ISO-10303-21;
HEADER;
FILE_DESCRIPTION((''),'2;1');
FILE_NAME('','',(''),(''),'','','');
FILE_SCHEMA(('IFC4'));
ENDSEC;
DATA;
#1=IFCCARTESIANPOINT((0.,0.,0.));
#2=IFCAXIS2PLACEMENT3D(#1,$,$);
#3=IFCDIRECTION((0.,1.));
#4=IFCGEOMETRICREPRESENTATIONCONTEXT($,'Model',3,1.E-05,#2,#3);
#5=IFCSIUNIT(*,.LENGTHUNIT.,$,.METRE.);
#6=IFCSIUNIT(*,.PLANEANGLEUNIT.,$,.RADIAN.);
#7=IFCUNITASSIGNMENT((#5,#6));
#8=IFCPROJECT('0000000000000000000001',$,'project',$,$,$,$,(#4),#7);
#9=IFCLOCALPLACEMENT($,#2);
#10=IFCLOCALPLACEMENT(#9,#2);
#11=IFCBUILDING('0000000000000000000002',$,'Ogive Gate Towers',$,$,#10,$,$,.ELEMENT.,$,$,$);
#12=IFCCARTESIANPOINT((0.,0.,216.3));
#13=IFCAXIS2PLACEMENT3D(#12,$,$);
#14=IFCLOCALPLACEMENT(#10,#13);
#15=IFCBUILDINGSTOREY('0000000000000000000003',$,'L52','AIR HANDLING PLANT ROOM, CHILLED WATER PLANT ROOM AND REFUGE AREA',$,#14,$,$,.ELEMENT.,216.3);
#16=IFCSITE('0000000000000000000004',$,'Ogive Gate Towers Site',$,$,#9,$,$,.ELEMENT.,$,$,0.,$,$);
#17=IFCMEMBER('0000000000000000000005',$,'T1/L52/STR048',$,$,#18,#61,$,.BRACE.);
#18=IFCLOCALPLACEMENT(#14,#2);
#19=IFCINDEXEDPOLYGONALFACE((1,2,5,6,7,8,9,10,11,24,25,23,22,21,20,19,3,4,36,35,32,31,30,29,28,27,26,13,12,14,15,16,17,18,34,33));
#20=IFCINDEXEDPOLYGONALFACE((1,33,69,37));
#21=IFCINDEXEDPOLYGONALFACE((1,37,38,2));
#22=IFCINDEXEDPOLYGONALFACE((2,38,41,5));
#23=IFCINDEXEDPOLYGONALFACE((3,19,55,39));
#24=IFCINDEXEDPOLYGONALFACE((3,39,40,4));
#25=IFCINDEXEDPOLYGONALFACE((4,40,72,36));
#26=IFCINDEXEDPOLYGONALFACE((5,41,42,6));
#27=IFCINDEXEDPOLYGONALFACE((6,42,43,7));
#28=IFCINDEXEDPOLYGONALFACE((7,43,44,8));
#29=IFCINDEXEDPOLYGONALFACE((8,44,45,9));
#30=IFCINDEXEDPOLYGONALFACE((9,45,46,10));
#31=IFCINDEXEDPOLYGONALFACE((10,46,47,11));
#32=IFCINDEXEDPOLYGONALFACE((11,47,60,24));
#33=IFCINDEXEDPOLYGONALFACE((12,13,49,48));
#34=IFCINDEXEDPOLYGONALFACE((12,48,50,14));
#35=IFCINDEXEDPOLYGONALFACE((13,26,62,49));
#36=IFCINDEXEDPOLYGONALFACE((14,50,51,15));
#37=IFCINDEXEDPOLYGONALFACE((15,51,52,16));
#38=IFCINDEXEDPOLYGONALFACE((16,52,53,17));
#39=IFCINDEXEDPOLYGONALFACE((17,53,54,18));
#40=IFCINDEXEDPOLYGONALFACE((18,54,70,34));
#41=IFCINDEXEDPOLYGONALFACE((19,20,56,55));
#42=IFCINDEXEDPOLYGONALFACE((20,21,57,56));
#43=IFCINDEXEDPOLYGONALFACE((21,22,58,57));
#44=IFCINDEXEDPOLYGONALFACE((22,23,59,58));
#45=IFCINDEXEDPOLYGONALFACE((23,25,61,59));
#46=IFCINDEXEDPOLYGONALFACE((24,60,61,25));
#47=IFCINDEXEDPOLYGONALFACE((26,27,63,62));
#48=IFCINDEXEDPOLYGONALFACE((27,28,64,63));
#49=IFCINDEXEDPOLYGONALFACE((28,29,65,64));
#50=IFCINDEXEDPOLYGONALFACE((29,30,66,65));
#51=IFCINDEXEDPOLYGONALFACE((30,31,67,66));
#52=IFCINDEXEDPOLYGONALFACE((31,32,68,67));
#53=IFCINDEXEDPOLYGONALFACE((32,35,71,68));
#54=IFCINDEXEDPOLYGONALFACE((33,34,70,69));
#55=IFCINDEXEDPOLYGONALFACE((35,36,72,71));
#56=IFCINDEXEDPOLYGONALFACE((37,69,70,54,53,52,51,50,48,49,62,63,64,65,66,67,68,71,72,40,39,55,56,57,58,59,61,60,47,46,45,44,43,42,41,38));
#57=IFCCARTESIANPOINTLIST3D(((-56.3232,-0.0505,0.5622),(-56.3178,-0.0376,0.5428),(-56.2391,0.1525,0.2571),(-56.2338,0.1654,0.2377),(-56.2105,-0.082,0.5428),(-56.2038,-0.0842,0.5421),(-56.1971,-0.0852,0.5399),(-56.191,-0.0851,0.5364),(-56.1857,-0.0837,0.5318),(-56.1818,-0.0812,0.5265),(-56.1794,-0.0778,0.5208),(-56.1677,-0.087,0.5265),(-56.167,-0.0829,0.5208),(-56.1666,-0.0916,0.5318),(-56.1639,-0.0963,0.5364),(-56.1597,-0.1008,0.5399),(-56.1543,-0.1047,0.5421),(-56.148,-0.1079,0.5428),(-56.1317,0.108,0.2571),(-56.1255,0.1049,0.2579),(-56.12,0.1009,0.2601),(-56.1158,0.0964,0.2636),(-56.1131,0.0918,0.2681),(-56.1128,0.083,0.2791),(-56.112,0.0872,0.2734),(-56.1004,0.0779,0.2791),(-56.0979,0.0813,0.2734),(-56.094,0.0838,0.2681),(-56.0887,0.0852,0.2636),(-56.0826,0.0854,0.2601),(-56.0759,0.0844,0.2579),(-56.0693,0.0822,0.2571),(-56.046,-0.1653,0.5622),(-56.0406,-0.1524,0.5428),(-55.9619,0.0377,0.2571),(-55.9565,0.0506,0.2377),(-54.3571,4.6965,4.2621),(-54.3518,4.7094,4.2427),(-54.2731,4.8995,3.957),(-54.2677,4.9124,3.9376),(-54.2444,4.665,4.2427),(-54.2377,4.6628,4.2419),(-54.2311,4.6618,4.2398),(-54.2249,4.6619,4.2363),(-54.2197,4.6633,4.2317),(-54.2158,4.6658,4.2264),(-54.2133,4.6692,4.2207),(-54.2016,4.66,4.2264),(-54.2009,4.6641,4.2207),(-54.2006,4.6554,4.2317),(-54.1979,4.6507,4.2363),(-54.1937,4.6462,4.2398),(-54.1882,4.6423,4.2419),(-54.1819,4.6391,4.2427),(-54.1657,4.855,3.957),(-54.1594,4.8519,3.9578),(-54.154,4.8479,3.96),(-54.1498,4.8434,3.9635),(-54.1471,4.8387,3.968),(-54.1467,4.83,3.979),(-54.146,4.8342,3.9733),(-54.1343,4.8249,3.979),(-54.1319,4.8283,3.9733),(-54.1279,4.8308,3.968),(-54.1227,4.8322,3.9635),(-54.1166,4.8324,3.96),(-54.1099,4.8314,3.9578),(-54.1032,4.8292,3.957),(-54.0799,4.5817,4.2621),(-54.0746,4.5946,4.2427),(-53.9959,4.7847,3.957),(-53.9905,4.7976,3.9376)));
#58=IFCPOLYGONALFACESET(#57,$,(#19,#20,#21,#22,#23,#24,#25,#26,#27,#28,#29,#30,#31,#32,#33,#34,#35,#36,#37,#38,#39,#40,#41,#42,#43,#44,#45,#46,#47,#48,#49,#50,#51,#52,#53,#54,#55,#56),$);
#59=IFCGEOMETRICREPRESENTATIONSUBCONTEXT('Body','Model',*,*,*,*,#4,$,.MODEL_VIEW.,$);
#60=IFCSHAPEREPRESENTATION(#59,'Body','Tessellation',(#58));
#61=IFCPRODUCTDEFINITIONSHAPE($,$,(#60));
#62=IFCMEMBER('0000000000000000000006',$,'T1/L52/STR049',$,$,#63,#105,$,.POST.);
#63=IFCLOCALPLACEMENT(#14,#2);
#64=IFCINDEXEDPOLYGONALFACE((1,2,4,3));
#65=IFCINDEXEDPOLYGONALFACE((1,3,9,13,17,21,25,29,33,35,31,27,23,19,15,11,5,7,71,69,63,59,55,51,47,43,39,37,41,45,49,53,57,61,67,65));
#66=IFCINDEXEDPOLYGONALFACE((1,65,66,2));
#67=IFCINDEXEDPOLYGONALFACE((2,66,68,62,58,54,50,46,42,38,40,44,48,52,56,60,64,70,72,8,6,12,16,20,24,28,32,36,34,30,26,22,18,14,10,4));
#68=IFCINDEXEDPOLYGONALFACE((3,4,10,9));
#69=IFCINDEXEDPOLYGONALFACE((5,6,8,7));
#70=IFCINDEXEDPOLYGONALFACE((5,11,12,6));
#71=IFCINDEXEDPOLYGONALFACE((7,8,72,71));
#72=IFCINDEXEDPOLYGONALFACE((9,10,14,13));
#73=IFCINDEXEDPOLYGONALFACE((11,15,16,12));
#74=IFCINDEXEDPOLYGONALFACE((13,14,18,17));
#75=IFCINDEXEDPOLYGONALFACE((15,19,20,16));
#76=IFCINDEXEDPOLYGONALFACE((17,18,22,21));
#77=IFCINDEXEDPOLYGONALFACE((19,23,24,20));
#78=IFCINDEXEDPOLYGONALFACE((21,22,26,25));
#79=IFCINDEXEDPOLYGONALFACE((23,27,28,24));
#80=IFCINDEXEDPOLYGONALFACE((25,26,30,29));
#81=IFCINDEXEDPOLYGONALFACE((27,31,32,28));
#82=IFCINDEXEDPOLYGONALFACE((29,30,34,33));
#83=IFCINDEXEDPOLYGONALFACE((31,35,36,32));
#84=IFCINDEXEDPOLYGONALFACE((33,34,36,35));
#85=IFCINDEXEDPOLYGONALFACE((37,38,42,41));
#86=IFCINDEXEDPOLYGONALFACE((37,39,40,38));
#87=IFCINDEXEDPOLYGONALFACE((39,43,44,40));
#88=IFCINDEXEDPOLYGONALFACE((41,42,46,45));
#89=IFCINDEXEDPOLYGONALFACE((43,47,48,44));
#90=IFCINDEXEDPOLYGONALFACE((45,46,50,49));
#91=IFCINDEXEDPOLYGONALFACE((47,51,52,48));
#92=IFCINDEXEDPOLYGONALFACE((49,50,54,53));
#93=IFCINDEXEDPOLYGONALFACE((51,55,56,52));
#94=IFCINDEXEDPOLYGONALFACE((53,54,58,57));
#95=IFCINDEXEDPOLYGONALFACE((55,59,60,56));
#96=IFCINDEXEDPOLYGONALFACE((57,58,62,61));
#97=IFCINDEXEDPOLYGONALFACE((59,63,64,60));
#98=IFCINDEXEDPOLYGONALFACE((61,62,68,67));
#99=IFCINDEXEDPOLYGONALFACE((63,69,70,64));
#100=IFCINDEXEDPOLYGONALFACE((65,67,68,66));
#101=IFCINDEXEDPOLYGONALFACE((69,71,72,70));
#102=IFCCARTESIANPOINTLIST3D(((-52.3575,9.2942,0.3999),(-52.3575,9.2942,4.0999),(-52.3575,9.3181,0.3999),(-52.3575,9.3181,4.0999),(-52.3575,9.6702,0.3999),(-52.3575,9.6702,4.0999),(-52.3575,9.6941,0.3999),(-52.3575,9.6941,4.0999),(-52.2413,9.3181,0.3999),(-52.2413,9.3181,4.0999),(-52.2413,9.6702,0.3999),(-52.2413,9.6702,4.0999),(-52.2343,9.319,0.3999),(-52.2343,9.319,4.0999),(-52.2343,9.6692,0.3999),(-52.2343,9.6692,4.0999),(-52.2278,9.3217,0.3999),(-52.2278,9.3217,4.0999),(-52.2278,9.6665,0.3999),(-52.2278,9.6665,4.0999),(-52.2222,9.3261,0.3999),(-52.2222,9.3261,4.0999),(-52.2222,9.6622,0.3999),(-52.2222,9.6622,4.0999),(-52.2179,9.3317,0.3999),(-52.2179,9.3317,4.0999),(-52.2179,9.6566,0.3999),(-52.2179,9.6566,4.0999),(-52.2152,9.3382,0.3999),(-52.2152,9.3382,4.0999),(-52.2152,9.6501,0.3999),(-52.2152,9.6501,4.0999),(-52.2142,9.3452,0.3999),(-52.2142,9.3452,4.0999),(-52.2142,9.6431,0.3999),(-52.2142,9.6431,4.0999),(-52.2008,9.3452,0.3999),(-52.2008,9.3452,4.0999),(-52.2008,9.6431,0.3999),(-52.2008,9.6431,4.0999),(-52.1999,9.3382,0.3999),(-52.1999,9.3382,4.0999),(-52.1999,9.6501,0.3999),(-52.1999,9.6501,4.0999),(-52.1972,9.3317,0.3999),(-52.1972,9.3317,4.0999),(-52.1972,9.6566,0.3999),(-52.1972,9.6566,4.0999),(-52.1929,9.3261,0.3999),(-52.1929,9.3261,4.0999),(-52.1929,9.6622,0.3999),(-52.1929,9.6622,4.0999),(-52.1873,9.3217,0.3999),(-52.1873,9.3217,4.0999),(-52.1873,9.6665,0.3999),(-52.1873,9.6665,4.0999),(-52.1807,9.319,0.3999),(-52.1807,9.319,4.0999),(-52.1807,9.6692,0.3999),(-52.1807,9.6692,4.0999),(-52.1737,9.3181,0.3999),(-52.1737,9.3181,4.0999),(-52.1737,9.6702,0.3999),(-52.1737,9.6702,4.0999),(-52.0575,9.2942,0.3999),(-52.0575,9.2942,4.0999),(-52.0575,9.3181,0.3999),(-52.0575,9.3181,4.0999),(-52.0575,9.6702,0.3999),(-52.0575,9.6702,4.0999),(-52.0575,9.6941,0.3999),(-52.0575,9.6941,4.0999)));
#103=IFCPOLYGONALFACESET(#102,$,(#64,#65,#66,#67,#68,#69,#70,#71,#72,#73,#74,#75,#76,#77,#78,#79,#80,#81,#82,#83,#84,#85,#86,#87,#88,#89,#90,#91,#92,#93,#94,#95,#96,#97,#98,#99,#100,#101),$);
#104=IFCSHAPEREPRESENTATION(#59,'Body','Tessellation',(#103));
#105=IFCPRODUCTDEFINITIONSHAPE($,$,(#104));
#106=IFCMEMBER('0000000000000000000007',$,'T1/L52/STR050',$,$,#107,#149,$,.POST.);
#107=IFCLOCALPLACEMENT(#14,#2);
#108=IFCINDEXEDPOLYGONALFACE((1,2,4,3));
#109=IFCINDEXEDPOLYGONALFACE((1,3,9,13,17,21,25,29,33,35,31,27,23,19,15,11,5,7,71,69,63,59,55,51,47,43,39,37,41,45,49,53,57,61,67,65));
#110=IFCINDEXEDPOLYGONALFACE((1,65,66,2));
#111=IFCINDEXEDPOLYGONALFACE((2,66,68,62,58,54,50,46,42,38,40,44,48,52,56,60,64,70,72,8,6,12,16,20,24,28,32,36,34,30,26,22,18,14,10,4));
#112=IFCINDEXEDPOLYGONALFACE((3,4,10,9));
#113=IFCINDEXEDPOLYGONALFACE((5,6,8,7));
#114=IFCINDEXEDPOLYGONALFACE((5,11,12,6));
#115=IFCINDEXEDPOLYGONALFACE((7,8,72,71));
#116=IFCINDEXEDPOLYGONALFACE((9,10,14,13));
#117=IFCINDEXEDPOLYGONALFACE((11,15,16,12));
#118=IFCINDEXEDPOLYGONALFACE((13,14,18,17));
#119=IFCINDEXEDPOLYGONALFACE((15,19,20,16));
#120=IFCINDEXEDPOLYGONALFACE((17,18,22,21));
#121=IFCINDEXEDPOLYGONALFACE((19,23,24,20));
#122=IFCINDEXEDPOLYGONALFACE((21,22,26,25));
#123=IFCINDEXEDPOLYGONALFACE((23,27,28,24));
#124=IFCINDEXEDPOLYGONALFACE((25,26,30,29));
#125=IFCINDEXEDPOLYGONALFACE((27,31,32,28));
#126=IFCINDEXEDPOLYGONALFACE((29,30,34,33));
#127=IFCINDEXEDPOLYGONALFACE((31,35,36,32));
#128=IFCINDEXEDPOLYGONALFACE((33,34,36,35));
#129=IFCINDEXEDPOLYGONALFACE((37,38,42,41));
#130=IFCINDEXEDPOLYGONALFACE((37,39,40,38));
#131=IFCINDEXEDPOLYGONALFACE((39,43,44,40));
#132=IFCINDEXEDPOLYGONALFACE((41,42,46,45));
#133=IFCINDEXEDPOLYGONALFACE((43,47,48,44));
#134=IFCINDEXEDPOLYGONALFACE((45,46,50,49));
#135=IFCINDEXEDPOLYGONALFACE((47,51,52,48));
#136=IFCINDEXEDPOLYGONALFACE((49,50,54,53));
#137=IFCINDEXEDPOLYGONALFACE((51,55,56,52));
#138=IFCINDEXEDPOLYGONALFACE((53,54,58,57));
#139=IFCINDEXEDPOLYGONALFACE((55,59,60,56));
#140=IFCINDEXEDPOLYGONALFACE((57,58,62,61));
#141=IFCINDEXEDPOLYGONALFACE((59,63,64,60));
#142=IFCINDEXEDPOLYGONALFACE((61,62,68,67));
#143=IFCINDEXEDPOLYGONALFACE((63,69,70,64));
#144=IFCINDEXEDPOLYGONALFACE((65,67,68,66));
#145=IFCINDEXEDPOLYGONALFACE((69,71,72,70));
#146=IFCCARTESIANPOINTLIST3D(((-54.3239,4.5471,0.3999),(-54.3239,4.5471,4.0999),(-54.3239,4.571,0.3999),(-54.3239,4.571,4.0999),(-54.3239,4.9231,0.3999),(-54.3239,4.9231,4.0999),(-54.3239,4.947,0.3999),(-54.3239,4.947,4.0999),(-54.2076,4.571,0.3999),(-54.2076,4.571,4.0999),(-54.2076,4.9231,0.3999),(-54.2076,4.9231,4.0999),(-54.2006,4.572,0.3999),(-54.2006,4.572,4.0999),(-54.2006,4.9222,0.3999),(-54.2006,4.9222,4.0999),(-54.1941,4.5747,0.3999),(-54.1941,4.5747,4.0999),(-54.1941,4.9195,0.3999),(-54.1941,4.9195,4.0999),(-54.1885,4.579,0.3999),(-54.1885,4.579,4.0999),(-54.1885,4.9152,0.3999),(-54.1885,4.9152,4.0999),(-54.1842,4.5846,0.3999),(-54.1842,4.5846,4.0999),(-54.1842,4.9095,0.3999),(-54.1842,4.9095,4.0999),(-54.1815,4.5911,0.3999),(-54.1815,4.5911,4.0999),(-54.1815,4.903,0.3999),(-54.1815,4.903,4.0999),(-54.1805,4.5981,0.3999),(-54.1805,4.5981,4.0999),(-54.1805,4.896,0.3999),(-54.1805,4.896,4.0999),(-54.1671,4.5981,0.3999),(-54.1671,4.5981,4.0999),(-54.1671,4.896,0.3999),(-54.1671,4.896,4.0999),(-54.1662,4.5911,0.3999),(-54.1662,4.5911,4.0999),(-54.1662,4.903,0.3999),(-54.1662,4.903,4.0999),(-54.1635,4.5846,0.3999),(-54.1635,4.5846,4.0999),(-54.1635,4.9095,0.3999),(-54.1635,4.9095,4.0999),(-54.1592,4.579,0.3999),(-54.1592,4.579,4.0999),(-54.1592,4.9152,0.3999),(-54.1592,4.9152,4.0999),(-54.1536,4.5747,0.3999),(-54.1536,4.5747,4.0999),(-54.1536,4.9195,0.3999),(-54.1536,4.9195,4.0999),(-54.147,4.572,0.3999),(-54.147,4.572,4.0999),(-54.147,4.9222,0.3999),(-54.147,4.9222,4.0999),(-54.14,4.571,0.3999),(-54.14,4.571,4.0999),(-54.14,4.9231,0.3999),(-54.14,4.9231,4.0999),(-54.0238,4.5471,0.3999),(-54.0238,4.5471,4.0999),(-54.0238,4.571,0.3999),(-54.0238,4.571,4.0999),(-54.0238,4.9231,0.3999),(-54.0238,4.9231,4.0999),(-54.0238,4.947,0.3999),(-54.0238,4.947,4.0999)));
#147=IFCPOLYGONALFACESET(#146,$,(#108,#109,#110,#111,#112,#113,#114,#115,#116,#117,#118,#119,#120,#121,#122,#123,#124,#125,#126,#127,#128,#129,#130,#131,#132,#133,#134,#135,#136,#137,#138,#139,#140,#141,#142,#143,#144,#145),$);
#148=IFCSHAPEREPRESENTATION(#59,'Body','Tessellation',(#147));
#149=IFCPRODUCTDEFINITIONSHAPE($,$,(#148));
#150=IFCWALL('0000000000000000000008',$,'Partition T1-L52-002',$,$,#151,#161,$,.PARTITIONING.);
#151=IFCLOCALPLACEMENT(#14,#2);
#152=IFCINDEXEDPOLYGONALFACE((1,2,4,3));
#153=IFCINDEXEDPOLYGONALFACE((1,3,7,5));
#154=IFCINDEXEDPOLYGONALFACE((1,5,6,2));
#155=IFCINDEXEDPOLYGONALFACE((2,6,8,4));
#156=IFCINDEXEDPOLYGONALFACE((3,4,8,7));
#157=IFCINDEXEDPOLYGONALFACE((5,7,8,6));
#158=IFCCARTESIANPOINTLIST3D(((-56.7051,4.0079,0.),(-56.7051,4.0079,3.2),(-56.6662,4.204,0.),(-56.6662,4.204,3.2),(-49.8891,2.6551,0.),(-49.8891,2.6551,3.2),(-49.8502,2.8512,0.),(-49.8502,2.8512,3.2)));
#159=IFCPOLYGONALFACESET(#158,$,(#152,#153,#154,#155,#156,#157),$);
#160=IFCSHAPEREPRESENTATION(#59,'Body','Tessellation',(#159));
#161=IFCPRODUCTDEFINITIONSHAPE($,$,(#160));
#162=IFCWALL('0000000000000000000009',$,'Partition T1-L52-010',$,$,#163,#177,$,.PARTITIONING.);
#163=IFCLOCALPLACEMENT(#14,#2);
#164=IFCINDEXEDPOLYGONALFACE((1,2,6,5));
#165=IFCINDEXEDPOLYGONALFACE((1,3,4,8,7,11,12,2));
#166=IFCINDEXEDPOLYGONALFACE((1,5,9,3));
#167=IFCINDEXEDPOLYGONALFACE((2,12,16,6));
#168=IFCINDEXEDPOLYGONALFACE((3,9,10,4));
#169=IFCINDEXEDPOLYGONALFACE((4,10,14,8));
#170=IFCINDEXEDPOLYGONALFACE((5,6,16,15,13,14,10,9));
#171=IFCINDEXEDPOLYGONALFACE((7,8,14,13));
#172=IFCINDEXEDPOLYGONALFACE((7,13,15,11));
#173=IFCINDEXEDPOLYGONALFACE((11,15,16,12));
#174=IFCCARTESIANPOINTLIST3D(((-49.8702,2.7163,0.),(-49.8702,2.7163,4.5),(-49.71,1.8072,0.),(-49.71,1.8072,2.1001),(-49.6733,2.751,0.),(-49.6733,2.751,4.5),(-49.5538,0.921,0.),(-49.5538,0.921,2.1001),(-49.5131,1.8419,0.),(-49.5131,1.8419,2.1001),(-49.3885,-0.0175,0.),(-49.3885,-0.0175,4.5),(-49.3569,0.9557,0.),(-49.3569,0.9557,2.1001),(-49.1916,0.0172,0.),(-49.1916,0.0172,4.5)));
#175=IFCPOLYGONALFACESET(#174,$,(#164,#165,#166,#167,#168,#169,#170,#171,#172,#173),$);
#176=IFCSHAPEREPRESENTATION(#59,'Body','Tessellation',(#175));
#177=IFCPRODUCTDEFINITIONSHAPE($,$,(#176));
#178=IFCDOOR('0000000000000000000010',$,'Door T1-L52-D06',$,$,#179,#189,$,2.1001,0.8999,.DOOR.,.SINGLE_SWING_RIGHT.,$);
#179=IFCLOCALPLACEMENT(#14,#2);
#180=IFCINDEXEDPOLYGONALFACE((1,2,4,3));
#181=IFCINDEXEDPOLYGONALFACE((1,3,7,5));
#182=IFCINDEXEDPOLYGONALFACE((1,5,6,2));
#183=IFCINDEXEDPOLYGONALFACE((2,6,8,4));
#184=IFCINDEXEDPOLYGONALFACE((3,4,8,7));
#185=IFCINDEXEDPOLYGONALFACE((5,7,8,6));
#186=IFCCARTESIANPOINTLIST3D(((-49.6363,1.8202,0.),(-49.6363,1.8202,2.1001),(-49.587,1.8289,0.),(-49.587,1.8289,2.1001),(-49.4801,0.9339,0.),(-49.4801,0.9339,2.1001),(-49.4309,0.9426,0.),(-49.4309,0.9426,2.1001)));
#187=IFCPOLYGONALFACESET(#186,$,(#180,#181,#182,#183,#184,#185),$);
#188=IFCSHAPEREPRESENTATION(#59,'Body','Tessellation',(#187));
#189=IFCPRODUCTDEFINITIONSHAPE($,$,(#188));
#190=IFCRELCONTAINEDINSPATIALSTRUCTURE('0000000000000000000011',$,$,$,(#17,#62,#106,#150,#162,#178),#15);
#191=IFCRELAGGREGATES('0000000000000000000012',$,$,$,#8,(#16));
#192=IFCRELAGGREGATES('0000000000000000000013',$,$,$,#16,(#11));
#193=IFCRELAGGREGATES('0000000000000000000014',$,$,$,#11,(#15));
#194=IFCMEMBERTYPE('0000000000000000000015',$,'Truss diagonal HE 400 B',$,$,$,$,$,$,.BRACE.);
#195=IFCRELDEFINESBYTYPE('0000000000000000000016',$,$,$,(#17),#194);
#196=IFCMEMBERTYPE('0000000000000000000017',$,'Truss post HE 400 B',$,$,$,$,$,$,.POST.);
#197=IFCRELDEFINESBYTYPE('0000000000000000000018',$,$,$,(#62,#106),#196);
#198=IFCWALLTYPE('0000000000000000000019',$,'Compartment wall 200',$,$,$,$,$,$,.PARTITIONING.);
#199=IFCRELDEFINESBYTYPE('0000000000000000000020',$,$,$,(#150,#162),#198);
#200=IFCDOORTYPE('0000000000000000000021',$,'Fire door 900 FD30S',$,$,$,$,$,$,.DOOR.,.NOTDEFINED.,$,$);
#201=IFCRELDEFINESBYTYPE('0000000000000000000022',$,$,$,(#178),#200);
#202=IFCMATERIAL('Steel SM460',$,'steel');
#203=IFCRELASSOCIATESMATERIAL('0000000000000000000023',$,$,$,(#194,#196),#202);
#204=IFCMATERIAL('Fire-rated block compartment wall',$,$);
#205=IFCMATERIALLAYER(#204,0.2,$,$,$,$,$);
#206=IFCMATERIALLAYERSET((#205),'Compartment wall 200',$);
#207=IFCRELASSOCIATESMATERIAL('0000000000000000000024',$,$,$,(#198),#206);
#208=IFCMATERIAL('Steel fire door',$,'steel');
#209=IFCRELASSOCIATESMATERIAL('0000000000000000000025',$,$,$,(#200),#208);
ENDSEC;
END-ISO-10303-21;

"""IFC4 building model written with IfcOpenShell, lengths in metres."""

from ifc_helpers import new_model, si_unit, direction, frame, frame_2d, origin, origin_2d, place, context, subcontext, project, spatial, rectangle, i_section, extrude, material, layer, layer_set, material_profile, profile_set, type_object, element, fill, save


model = new_model("IFC4")

# Units and contexts
model_context = context("Model", 3, precision=1e-05, world=origin(), true_north=direction((0.0, 1.0)))
body_context = subcontext(model_context, "Body", "Model", "MODEL_VIEW")
ifc_project = project(units=[si_unit("LENGTHUNIT", "METRE"), si_unit("PLANEANGLEUNIT", "RADIAN")], contexts=[model_context])

# Site, building, storey
site_placement = place(None, origin())
site = spatial("IfcSite", under=ifc_project, at=site_placement, Name="Ogive Gate Towers Site", CompositionType="ELEMENT", RefElevation=0.0)
building_placement = place(site_placement, origin())
building = spatial("IfcBuilding", under=site, at=building_placement, Name="Ogive Gate Towers", CompositionType="ELEMENT")
storey_placement = place(building_placement, frame((0.0, 0.0, 216.3)))
storey = spatial("IfcBuildingStorey", under=building, at=storey_placement, Name="L52", Description="AIR HANDLING PLANT ROOM, CHILLED WATER PLANT ROOM AND REFUGE AREA", CompositionType="ELEMENT", Elevation=216.3)

# Shared definitions
ifc_material_1 = material(Name="Steel SM460", Category="steel")

# Members
ifc_material_profile_1 = material_profile(ifc_material_1, i_section(OverallWidth=0.3, OverallDepth=0.3999, WebThickness=0.0134, FlangeThickness=0.0239, FilletRadius=0.0271, at=origin_2d()), Name="HE 400 B")
ifc_profile_set_1 = profile_set([ifc_material_profile_1], Name="Steel SM460")
member_type_1 = type_object("IfcMemberType", Name="Truss diagonal HE 400 B", PredefinedType="BRACE", material=ifc_profile_set_1)
member_1_placement = place(storey_placement, frame((-54.1738, 4.7471, 4.0999), z_axis=(-0.310514, -0.749737, -0.584359), x_axis=(0.923896, -0.382644, 0.0)))
element("IfcMember", 1, at=member_1_placement, inside=storey, type_object=member_type_1, Name="T1/L52/STR048", PredefinedType="BRACE", context=body_context, shape_type="SweptSolid", body=[
    extrude(i_section(OverallWidth=0.3, OverallDepth=0.3999, WebThickness=0.0134, FlangeThickness=0.0239, FilletRadius=0.0271, at=origin_2d()), origin(), (0.0, 0.0, 1.0), 6.3315),
])
ifc_material_profile_2 = material_profile(ifc_material_1, i_section(OverallWidth=0.3, OverallDepth=0.3999, WebThickness=0.0134, FlangeThickness=0.0239, FilletRadius=0.0271, at=origin_2d()), Name="HE 400 B")
ifc_profile_set_2 = profile_set([ifc_material_profile_2], Name="Steel SM460")
member_type_2 = type_object("IfcMemberType", Name="Truss post HE 400 B", PredefinedType="POST", material=ifc_profile_set_2)
for number, where, z_axis, x_axis, name in (
    (2, (-52.2075, 9.4941, 0.3999), (0.0, 0.0, 1.0), (1.0, 0.0, 0.0), "T1/L52/STR049"),
    (3, (-54.1738, 4.7471, 0.3999), (0.0, 0.0, 1.0), (1.0, 0.0, 0.0), "T1/L52/STR050"),
):
    element("IfcMember", number, at=place(storey_placement, frame(where, z_axis=z_axis, x_axis=x_axis)), inside=storey, type_object=member_type_2, Name=name, PredefinedType="POST", context=body_context, shape_type="SweptSolid", body=[
        extrude(i_section(OverallWidth=0.3, OverallDepth=0.3999, WebThickness=0.0134, FlangeThickness=0.0239, FilletRadius=0.0271, at=origin_2d()), origin(), (0.0, 0.0, 1.0), 3.7),
    ])

# Wall
ifc_material_2 = material(Name="Fire-rated block compartment wall")
ifc_layer_1 = layer(ifc_material_2, 0.2)
ifc_layer_set_1 = layer_set([ifc_layer_1], Name="Compartment wall 200")
wall_type_1 = type_object("IfcWallType", Name="Compartment wall 200", PredefinedType="PARTITIONING", material=ifc_layer_set_1)
wall_1_placement = place(storey_placement, frame((-56.6858, 4.106, 0.0), z_axis=(0.0, 0.0, 1.0), x_axis=(0.980867, -0.194677, 0.0)))
element("IfcWall", 4, at=wall_1_placement, inside=storey, type_object=wall_type_1, Name="Partition T1-L52-002", PredefinedType="PARTITIONING", context=body_context, shape_type="SweptSolid", body=[
    extrude(rectangle(XDim=6.949, YDim=0.2, at=frame_2d((3.4746, 0.0))), origin(), (0.0, 0.0, 1.0), 3.2),
])

# Wall, opening, door
wall_2_placement = place(storey_placement, frame((-49.7717, 2.7336, 0.0), z_axis=(0.0, 0.0, 1.0), x_axis=(0.173534, -0.984828, 0.0)))
wall_2 = element("IfcWall", 5, at=wall_2_placement, inside=storey, type_object=wall_type_1, Name="Partition T1-L52-010", PredefinedType="PARTITIONING", context=body_context, shape_type="SweptSolid", body=[
    extrude(rectangle(XDim=2.7759, YDim=0.2, at=frame_2d((1.3879, 0.0))), origin(), (0.0, 0.0, 1.0), 4.5),
])
opening_1_placement = place(wall_2_placement, frame((0.9231, 0.0, 0.0)))
opening_1 = element("IfcOpeningElement", 6, at=opening_1_placement, cuts=wall_2, PredefinedType="OPENING", context=body_context, shape_type="SweptSolid", body=[
    extrude(rectangle(XDim=0.8999, YDim=2.1001, at=frame_2d((0.45, 1.05))), frame((0.0, 0.1099, 0.0), z_axis=(0.0, -1.0, 0.0), x_axis=(1.0, 0.0, 0.0)), (0.0, 0.0, 1.0), 0.22),
])
ifc_material_3 = material(Name="Steel fire door", Category="steel")
door_type_1 = type_object("IfcDoorType", Name="Fire door 900 FD30S", OperationType="NOTDEFINED", PredefinedType="DOOR", material=ifc_material_3)
door_1_placement = place(opening_1_placement, origin())
door_1 = element("IfcDoor", 7, at=door_1_placement, inside=storey, type_object=door_type_1, Name="Door T1-L52-D06", OperationType="SINGLE_SWING_RIGHT", OverallHeight=2.1001, OverallWidth=0.8999, PredefinedType="DOOR", context=body_context, shape_type="SweptSolid", body=[
    extrude(rectangle(XDim=0.8999, YDim=2.1001, at=frame_2d((0.45, 1.05))), frame((0.0, 0.0249, 0.0), z_axis=(0.0, -1.0, 0.0), x_axis=(1.0, 0.0, 0.0)), (0.0, 0.0, 1.0), 0.05),
])
fill(opening_1, door_1)

save(model, "model.ifc")
